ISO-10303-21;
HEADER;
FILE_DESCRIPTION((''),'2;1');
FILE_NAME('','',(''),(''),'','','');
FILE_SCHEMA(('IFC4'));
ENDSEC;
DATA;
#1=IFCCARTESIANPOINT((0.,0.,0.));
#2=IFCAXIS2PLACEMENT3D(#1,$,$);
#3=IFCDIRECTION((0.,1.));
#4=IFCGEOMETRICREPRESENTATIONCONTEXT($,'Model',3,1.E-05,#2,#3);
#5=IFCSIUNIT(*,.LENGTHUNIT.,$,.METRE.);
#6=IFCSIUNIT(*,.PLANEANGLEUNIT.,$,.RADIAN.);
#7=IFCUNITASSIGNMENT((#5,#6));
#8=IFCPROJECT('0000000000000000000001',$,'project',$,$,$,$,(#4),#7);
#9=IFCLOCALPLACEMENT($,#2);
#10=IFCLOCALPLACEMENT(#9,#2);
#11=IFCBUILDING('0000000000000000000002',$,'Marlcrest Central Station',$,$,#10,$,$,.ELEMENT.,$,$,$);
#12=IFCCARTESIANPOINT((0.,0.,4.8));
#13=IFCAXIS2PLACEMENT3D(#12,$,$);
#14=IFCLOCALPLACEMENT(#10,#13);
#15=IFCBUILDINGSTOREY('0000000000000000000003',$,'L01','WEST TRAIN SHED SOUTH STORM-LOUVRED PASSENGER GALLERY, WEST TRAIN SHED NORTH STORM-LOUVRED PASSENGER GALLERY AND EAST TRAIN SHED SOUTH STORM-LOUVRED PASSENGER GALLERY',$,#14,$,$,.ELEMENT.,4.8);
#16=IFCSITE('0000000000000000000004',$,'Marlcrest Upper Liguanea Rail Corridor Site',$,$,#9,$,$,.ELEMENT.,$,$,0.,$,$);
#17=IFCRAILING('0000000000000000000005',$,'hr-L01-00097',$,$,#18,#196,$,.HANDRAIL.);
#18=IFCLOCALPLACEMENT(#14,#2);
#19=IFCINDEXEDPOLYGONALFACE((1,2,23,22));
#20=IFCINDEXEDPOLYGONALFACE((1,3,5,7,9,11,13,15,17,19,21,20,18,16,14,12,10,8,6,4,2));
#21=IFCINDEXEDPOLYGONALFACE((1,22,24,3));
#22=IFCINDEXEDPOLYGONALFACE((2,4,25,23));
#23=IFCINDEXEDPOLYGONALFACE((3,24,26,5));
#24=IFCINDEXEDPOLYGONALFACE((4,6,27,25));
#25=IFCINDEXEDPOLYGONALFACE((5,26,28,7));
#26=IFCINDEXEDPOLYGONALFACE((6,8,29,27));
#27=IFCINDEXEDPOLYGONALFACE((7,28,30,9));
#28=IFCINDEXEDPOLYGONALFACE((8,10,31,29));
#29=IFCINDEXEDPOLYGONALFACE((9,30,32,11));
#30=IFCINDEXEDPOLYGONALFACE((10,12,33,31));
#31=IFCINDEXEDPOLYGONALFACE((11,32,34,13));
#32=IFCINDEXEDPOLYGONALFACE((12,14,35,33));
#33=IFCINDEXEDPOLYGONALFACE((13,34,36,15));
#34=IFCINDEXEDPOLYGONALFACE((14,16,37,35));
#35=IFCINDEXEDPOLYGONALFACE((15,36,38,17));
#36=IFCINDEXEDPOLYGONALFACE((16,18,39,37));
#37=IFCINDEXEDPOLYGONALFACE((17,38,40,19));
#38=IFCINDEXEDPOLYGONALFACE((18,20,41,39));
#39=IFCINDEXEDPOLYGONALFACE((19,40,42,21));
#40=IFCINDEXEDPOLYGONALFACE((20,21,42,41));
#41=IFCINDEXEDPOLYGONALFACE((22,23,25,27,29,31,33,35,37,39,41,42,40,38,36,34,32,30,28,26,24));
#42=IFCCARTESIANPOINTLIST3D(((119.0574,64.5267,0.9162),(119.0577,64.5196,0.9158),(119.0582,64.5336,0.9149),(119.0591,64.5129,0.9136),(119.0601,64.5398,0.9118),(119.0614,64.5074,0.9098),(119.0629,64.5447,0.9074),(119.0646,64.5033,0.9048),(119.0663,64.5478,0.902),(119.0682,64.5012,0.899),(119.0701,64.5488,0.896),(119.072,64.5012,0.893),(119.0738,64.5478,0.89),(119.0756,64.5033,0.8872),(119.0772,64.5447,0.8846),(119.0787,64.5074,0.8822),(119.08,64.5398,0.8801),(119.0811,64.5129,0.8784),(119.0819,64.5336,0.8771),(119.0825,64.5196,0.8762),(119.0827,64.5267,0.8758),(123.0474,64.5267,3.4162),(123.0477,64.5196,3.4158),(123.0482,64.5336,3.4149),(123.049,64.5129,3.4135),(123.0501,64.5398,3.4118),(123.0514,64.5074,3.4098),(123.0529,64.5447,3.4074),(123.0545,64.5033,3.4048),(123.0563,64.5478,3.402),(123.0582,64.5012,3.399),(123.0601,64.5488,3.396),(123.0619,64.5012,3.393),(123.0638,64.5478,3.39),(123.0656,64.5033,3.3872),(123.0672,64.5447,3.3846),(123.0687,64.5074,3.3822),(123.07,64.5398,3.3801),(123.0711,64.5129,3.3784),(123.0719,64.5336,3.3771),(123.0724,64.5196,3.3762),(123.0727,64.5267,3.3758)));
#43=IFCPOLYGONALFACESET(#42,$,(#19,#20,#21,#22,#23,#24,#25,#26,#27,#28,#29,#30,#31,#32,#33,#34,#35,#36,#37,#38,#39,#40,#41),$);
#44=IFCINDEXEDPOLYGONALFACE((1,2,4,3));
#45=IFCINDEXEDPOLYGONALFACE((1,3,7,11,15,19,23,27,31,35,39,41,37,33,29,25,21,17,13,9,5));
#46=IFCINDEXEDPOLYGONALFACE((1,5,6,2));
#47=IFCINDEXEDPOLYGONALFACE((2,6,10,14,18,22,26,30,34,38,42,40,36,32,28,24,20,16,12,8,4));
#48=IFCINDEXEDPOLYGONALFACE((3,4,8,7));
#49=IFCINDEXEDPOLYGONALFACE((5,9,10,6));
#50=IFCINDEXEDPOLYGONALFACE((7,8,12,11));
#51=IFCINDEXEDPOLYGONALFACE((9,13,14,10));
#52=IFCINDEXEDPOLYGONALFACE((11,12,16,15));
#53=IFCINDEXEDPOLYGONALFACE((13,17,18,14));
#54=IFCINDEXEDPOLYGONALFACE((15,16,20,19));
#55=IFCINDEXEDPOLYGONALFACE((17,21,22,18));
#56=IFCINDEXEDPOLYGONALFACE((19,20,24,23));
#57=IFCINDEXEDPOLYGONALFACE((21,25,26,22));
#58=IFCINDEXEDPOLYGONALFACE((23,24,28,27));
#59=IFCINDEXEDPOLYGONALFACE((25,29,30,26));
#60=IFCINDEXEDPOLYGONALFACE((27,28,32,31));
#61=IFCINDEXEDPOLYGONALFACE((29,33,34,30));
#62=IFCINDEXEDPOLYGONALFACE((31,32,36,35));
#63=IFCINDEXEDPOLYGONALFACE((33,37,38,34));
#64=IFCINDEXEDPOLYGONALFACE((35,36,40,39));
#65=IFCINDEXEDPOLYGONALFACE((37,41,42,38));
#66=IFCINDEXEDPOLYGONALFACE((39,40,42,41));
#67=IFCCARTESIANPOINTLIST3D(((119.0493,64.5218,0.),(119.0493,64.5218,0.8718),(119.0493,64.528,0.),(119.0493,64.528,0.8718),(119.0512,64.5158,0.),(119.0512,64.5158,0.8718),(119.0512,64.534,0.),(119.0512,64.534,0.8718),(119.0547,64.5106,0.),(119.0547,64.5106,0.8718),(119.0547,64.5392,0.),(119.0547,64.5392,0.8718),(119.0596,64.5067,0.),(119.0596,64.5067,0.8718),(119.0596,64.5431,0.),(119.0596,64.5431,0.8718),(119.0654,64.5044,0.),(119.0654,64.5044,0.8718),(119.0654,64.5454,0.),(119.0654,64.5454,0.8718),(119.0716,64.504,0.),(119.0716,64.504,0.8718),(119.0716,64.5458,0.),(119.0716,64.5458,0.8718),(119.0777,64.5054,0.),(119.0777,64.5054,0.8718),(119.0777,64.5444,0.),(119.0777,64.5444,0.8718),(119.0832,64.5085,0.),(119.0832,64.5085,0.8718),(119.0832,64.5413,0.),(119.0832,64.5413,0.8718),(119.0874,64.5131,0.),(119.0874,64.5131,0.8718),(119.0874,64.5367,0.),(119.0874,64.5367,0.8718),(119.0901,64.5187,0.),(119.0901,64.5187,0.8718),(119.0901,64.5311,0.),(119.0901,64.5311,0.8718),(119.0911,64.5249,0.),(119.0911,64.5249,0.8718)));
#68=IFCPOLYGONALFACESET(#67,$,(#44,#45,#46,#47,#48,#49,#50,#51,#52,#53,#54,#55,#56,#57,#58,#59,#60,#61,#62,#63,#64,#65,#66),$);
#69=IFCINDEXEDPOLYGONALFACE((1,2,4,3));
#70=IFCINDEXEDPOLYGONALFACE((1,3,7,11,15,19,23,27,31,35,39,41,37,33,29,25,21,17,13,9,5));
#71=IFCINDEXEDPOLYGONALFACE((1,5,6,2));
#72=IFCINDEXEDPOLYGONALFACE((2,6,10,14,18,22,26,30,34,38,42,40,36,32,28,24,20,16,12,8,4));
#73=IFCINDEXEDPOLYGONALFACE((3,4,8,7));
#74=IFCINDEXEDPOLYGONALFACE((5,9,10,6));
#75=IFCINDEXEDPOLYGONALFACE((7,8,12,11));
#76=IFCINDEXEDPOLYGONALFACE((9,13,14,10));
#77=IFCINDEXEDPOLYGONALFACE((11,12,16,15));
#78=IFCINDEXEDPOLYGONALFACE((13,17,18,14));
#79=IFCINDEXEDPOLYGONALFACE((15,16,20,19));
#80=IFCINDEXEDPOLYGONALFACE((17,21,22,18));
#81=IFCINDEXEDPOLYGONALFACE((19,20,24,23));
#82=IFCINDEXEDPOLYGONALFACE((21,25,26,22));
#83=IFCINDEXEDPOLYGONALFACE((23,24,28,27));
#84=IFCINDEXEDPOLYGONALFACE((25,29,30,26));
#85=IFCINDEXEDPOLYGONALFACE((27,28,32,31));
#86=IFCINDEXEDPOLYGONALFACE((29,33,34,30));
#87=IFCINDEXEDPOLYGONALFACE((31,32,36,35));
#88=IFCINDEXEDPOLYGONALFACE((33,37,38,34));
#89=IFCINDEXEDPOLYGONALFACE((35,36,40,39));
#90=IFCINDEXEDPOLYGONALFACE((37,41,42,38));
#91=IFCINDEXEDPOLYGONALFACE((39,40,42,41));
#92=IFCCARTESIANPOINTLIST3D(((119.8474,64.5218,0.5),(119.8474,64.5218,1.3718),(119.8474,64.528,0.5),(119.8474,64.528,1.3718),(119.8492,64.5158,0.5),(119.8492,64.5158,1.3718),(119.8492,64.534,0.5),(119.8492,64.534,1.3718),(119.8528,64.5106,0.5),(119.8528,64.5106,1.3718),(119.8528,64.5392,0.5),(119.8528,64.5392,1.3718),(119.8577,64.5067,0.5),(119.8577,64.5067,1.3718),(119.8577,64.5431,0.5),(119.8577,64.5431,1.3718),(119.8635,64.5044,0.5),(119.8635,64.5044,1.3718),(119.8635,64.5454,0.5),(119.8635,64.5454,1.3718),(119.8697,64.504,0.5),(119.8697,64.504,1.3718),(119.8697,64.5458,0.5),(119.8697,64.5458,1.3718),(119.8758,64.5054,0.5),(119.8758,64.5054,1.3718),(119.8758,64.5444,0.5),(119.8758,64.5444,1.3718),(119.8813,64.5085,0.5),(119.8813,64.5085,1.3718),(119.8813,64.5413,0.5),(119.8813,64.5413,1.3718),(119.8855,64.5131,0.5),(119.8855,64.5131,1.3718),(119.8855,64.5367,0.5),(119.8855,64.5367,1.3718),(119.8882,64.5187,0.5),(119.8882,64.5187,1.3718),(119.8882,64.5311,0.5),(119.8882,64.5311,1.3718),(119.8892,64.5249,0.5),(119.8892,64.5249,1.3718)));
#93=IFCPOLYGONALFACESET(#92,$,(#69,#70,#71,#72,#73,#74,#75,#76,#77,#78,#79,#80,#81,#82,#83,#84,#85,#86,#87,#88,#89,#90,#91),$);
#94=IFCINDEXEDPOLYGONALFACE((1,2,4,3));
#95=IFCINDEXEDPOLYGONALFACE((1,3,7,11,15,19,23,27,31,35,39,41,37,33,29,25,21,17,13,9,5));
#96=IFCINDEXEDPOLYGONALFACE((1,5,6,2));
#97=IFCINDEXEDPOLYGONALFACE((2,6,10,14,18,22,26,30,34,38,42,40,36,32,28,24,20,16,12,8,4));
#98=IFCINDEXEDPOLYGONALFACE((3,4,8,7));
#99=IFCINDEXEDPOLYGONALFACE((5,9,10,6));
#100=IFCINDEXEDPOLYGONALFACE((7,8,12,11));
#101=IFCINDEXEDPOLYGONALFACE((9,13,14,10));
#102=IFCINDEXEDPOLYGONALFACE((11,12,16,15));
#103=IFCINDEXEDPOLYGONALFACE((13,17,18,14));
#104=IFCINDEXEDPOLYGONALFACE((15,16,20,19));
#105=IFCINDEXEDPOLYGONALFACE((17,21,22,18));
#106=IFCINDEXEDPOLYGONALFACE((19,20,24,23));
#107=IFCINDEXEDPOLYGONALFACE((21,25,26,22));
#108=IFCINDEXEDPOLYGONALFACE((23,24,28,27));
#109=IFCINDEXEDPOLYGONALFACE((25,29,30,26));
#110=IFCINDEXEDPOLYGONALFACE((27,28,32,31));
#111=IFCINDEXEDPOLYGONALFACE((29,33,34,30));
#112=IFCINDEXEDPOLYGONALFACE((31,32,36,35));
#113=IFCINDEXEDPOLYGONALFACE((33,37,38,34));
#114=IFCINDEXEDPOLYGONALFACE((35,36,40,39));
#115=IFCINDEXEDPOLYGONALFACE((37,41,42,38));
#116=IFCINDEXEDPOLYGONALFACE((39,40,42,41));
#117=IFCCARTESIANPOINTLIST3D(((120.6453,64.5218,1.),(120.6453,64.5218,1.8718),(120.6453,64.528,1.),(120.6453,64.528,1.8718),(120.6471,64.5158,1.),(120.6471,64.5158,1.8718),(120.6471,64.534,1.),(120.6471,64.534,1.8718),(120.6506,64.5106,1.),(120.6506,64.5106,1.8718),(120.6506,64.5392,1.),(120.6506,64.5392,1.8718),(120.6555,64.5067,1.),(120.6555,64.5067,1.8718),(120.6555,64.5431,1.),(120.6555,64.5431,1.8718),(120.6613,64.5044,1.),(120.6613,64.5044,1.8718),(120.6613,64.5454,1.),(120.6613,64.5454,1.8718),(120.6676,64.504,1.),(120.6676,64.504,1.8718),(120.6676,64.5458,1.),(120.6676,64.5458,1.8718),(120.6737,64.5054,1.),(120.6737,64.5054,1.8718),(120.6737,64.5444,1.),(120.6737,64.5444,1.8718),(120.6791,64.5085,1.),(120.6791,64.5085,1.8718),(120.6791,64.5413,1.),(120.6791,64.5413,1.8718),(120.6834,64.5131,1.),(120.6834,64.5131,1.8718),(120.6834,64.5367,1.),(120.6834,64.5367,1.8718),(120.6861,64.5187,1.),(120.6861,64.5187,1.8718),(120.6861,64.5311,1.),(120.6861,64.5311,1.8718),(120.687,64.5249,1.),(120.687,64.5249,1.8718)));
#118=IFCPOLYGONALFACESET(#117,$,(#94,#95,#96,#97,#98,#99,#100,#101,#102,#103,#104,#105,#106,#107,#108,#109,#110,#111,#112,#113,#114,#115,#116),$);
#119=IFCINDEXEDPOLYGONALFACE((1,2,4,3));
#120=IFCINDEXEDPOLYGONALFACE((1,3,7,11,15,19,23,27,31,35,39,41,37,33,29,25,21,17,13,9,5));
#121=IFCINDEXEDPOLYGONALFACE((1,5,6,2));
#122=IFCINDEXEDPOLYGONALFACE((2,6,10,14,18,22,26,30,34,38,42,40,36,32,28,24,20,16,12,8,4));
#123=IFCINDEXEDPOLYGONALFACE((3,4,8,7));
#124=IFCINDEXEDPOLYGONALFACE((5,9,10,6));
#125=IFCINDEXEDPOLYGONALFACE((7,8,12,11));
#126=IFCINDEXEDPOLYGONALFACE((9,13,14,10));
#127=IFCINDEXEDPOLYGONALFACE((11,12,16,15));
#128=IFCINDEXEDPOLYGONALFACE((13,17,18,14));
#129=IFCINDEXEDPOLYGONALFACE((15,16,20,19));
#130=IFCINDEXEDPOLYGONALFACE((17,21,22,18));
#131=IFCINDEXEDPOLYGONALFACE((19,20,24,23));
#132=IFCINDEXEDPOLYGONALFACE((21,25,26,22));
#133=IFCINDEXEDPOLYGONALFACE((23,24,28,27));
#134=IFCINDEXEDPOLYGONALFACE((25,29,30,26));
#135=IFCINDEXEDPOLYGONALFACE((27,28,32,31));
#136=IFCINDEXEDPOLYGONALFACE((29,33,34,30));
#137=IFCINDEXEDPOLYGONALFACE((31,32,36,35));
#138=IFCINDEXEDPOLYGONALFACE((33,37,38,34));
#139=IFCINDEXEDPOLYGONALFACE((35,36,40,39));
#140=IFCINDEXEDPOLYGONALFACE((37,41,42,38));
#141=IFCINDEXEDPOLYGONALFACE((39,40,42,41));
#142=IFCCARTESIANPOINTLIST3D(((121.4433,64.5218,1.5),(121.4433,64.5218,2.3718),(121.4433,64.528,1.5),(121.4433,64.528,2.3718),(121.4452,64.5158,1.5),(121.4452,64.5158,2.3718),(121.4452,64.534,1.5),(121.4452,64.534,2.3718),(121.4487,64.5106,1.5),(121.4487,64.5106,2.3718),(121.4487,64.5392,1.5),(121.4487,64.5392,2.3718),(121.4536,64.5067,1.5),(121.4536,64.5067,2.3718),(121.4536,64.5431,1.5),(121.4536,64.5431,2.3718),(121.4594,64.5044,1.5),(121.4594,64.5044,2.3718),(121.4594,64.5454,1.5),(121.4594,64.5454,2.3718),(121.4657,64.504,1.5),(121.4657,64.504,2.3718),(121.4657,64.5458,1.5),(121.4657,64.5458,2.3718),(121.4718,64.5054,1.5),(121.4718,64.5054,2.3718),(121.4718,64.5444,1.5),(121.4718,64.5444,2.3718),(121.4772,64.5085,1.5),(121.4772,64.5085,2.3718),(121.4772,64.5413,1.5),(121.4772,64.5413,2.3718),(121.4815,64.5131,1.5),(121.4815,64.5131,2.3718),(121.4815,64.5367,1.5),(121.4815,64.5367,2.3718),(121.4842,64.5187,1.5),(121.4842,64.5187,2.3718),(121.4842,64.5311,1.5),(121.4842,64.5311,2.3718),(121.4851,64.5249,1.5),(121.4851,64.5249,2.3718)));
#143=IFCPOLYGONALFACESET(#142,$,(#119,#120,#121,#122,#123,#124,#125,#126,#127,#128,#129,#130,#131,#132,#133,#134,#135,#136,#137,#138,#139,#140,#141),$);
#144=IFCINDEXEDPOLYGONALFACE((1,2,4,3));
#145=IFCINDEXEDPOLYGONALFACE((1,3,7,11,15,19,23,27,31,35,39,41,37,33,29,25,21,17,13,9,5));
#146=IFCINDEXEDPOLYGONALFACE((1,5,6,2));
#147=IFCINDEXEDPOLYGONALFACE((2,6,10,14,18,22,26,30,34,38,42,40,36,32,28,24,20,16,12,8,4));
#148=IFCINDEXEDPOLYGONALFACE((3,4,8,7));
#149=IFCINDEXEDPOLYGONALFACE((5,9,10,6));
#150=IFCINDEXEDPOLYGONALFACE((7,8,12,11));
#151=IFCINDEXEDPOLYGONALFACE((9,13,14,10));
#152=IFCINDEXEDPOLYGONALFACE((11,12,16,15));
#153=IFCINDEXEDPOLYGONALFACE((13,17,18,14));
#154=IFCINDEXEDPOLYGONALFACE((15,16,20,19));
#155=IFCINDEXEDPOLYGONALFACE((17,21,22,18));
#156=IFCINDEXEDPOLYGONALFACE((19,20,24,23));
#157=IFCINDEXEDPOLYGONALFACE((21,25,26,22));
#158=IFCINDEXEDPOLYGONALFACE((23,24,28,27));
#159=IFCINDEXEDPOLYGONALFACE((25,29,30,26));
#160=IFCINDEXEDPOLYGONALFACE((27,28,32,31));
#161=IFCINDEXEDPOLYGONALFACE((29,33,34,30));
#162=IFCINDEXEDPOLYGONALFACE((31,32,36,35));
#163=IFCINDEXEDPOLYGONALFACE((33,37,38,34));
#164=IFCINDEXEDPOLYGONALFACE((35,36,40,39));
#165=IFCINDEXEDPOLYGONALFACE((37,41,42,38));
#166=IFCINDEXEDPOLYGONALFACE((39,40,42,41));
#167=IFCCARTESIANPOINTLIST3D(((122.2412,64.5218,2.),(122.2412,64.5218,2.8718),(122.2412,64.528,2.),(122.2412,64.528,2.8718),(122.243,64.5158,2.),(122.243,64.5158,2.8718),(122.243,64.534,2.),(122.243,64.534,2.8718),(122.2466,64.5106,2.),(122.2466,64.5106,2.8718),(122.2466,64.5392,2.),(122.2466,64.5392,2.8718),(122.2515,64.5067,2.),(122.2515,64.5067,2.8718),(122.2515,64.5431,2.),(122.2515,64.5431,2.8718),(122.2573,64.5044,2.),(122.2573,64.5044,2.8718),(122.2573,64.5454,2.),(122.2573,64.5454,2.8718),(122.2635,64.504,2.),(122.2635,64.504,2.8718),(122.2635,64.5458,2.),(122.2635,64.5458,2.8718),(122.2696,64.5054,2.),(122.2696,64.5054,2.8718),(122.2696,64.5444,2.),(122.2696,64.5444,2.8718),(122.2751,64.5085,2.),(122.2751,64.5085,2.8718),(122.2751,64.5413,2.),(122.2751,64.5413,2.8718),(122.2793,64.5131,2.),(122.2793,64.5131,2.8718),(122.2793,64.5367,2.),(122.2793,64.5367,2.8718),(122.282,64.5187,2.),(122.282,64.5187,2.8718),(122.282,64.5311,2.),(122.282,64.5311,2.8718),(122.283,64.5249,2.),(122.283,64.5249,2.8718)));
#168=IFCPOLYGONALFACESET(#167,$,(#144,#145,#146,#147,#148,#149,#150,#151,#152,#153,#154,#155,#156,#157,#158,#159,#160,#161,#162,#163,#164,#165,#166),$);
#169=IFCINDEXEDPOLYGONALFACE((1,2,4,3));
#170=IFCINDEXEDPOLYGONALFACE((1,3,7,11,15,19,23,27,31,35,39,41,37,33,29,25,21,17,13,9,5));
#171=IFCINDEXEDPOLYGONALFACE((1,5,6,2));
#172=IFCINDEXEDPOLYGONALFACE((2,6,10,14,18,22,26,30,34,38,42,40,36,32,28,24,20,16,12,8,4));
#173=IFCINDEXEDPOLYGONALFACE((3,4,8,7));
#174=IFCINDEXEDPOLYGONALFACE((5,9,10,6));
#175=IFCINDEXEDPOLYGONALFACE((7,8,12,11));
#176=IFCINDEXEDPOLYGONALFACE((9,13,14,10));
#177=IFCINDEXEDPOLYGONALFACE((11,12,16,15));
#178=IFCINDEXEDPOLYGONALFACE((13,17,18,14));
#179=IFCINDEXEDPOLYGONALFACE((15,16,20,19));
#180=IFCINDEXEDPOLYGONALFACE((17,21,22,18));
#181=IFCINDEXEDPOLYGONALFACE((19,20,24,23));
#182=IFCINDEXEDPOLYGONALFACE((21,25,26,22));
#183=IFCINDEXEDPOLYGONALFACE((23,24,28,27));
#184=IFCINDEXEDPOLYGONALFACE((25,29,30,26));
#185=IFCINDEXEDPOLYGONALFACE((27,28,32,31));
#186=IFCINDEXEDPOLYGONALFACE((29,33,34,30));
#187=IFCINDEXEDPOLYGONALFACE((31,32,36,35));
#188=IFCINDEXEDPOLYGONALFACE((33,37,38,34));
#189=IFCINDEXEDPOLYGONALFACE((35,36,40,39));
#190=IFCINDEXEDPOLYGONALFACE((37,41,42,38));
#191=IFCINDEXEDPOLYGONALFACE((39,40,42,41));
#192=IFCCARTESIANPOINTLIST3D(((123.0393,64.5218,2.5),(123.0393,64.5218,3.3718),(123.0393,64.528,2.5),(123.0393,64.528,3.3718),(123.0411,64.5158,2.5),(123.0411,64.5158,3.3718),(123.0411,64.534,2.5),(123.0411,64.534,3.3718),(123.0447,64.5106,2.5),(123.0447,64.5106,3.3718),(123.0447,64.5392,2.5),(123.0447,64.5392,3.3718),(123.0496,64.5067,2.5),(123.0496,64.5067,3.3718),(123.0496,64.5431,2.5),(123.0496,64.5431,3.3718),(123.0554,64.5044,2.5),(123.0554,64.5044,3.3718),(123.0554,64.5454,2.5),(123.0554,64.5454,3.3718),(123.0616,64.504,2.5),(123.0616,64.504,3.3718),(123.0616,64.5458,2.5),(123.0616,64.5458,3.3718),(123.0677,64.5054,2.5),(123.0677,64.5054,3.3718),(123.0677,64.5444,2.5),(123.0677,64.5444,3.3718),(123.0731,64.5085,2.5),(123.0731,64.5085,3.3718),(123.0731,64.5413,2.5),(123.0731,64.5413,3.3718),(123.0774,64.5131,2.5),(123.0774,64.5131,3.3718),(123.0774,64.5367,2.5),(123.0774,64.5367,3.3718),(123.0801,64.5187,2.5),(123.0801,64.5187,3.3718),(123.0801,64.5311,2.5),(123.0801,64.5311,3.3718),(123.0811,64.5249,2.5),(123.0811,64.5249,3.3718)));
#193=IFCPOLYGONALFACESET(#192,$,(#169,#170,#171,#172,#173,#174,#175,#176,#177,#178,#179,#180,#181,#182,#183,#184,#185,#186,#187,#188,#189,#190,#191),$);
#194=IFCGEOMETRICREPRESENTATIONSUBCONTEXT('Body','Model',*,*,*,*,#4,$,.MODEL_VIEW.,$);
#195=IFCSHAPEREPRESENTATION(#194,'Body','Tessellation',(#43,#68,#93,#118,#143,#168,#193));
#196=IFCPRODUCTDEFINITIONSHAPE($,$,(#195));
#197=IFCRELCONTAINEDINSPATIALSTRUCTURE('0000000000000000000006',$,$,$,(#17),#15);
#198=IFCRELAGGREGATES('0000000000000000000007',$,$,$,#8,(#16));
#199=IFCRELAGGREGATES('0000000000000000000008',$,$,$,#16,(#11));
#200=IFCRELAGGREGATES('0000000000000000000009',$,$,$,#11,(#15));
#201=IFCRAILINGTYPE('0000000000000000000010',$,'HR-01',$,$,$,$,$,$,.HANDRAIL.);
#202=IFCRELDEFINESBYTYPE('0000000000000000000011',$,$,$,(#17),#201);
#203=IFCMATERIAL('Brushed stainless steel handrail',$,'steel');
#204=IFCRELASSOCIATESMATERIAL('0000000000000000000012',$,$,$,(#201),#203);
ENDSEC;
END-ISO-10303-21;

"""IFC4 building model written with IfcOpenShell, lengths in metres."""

from ifc_helpers import new_model, si_unit, direction, frame, origin, origin_2d, place, context, subcontext, project, spatial, circle, extrude, material, type_object, element, save


model = new_model("IFC4")

# Units and contexts
model_context = context("Model", 3, precision=1e-05, world=origin(), true_north=direction((0.0, 1.0)))
body_context = subcontext(model_context, "Body", "Model", "MODEL_VIEW")
ifc_project = project(units=[si_unit("LENGTHUNIT", "METRE"), si_unit("PLANEANGLEUNIT", "RADIAN")], contexts=[model_context])

# Site, building, storey
site_placement = place(None, origin())
site = spatial("IfcSite", under=ifc_project, at=site_placement, Name="Marlcrest Upper Liguanea Rail Corridor Site", CompositionType="ELEMENT", RefElevation=0.0)
building_placement = place(site_placement, origin())
building = spatial("IfcBuilding", under=site, at=building_placement, Name="Marlcrest Central Station", CompositionType="ELEMENT")
storey_placement = place(building_placement, frame((0.0, 0.0, 4.8)))
storey = spatial("IfcBuildingStorey", under=building, at=storey_placement, Name="L01", Description="WEST TRAIN SHED SOUTH STORM-LOUVRED PASSENGER GALLERY, WEST TRAIN SHED NORTH STORM-LOUVRED PASSENGER GALLERY AND EAST TRAIN SHED SOUTH STORM-LOUVRED PASSENGER GALLERY", CompositionType="ELEMENT", Elevation=4.8)

# Railing
ifc_material_1 = material(Name="Brushed stainless steel handrail", Category="steel")
railing_type_1 = type_object("IfcRailingType", Name="HR-01", PredefinedType="HANDRAIL", material=ifc_material_1)
railing_1_placement = place(storey_placement, frame((119.0701, 64.5249, 0.0)))
element("IfcRailing", 1, at=railing_1_placement, inside=storey, type_object=railing_type_1, Name="hr-L01-00097", PredefinedType="HANDRAIL", context=body_context, shape_type="SweptSolid", body=[
    extrude(circle(Radius=0.0239, at=origin_2d()), frame((0.0, 0.0, 0.896), z_axis=(0.847401, 0.0, 0.530954), x_axis=(0.0, 1.0, 0.0)), (0.0, 0.0, 1.0), 4.7085),
    extrude(circle(Radius=0.021, at=origin_2d()), origin(), (0.0, 0.0, 1.0), 0.8718),
    extrude(circle(Radius=0.021, at=origin_2d()), frame((0.7981, 0.0, 0.5)), (0.0, 0.0, 1.0), 0.8718),
    extrude(circle(Radius=0.021, at=origin_2d()), frame((1.5959, 0.0, 1.0)), (0.0, 0.0, 1.0), 0.8718),
    extrude(circle(Radius=0.021, at=origin_2d()), frame((2.394, 0.0, 1.5)), (0.0, 0.0, 1.0), 0.8718),
    extrude(circle(Radius=0.021, at=origin_2d()), frame((3.1919, 0.0, 2.0)), (0.0, 0.0, 1.0), 0.8718),
    extrude(circle(Radius=0.021, at=origin_2d()), frame((3.99, 0.0, 2.5)), (0.0, 0.0, 1.0), 0.8718),
])

save(model, "model.ifc")
